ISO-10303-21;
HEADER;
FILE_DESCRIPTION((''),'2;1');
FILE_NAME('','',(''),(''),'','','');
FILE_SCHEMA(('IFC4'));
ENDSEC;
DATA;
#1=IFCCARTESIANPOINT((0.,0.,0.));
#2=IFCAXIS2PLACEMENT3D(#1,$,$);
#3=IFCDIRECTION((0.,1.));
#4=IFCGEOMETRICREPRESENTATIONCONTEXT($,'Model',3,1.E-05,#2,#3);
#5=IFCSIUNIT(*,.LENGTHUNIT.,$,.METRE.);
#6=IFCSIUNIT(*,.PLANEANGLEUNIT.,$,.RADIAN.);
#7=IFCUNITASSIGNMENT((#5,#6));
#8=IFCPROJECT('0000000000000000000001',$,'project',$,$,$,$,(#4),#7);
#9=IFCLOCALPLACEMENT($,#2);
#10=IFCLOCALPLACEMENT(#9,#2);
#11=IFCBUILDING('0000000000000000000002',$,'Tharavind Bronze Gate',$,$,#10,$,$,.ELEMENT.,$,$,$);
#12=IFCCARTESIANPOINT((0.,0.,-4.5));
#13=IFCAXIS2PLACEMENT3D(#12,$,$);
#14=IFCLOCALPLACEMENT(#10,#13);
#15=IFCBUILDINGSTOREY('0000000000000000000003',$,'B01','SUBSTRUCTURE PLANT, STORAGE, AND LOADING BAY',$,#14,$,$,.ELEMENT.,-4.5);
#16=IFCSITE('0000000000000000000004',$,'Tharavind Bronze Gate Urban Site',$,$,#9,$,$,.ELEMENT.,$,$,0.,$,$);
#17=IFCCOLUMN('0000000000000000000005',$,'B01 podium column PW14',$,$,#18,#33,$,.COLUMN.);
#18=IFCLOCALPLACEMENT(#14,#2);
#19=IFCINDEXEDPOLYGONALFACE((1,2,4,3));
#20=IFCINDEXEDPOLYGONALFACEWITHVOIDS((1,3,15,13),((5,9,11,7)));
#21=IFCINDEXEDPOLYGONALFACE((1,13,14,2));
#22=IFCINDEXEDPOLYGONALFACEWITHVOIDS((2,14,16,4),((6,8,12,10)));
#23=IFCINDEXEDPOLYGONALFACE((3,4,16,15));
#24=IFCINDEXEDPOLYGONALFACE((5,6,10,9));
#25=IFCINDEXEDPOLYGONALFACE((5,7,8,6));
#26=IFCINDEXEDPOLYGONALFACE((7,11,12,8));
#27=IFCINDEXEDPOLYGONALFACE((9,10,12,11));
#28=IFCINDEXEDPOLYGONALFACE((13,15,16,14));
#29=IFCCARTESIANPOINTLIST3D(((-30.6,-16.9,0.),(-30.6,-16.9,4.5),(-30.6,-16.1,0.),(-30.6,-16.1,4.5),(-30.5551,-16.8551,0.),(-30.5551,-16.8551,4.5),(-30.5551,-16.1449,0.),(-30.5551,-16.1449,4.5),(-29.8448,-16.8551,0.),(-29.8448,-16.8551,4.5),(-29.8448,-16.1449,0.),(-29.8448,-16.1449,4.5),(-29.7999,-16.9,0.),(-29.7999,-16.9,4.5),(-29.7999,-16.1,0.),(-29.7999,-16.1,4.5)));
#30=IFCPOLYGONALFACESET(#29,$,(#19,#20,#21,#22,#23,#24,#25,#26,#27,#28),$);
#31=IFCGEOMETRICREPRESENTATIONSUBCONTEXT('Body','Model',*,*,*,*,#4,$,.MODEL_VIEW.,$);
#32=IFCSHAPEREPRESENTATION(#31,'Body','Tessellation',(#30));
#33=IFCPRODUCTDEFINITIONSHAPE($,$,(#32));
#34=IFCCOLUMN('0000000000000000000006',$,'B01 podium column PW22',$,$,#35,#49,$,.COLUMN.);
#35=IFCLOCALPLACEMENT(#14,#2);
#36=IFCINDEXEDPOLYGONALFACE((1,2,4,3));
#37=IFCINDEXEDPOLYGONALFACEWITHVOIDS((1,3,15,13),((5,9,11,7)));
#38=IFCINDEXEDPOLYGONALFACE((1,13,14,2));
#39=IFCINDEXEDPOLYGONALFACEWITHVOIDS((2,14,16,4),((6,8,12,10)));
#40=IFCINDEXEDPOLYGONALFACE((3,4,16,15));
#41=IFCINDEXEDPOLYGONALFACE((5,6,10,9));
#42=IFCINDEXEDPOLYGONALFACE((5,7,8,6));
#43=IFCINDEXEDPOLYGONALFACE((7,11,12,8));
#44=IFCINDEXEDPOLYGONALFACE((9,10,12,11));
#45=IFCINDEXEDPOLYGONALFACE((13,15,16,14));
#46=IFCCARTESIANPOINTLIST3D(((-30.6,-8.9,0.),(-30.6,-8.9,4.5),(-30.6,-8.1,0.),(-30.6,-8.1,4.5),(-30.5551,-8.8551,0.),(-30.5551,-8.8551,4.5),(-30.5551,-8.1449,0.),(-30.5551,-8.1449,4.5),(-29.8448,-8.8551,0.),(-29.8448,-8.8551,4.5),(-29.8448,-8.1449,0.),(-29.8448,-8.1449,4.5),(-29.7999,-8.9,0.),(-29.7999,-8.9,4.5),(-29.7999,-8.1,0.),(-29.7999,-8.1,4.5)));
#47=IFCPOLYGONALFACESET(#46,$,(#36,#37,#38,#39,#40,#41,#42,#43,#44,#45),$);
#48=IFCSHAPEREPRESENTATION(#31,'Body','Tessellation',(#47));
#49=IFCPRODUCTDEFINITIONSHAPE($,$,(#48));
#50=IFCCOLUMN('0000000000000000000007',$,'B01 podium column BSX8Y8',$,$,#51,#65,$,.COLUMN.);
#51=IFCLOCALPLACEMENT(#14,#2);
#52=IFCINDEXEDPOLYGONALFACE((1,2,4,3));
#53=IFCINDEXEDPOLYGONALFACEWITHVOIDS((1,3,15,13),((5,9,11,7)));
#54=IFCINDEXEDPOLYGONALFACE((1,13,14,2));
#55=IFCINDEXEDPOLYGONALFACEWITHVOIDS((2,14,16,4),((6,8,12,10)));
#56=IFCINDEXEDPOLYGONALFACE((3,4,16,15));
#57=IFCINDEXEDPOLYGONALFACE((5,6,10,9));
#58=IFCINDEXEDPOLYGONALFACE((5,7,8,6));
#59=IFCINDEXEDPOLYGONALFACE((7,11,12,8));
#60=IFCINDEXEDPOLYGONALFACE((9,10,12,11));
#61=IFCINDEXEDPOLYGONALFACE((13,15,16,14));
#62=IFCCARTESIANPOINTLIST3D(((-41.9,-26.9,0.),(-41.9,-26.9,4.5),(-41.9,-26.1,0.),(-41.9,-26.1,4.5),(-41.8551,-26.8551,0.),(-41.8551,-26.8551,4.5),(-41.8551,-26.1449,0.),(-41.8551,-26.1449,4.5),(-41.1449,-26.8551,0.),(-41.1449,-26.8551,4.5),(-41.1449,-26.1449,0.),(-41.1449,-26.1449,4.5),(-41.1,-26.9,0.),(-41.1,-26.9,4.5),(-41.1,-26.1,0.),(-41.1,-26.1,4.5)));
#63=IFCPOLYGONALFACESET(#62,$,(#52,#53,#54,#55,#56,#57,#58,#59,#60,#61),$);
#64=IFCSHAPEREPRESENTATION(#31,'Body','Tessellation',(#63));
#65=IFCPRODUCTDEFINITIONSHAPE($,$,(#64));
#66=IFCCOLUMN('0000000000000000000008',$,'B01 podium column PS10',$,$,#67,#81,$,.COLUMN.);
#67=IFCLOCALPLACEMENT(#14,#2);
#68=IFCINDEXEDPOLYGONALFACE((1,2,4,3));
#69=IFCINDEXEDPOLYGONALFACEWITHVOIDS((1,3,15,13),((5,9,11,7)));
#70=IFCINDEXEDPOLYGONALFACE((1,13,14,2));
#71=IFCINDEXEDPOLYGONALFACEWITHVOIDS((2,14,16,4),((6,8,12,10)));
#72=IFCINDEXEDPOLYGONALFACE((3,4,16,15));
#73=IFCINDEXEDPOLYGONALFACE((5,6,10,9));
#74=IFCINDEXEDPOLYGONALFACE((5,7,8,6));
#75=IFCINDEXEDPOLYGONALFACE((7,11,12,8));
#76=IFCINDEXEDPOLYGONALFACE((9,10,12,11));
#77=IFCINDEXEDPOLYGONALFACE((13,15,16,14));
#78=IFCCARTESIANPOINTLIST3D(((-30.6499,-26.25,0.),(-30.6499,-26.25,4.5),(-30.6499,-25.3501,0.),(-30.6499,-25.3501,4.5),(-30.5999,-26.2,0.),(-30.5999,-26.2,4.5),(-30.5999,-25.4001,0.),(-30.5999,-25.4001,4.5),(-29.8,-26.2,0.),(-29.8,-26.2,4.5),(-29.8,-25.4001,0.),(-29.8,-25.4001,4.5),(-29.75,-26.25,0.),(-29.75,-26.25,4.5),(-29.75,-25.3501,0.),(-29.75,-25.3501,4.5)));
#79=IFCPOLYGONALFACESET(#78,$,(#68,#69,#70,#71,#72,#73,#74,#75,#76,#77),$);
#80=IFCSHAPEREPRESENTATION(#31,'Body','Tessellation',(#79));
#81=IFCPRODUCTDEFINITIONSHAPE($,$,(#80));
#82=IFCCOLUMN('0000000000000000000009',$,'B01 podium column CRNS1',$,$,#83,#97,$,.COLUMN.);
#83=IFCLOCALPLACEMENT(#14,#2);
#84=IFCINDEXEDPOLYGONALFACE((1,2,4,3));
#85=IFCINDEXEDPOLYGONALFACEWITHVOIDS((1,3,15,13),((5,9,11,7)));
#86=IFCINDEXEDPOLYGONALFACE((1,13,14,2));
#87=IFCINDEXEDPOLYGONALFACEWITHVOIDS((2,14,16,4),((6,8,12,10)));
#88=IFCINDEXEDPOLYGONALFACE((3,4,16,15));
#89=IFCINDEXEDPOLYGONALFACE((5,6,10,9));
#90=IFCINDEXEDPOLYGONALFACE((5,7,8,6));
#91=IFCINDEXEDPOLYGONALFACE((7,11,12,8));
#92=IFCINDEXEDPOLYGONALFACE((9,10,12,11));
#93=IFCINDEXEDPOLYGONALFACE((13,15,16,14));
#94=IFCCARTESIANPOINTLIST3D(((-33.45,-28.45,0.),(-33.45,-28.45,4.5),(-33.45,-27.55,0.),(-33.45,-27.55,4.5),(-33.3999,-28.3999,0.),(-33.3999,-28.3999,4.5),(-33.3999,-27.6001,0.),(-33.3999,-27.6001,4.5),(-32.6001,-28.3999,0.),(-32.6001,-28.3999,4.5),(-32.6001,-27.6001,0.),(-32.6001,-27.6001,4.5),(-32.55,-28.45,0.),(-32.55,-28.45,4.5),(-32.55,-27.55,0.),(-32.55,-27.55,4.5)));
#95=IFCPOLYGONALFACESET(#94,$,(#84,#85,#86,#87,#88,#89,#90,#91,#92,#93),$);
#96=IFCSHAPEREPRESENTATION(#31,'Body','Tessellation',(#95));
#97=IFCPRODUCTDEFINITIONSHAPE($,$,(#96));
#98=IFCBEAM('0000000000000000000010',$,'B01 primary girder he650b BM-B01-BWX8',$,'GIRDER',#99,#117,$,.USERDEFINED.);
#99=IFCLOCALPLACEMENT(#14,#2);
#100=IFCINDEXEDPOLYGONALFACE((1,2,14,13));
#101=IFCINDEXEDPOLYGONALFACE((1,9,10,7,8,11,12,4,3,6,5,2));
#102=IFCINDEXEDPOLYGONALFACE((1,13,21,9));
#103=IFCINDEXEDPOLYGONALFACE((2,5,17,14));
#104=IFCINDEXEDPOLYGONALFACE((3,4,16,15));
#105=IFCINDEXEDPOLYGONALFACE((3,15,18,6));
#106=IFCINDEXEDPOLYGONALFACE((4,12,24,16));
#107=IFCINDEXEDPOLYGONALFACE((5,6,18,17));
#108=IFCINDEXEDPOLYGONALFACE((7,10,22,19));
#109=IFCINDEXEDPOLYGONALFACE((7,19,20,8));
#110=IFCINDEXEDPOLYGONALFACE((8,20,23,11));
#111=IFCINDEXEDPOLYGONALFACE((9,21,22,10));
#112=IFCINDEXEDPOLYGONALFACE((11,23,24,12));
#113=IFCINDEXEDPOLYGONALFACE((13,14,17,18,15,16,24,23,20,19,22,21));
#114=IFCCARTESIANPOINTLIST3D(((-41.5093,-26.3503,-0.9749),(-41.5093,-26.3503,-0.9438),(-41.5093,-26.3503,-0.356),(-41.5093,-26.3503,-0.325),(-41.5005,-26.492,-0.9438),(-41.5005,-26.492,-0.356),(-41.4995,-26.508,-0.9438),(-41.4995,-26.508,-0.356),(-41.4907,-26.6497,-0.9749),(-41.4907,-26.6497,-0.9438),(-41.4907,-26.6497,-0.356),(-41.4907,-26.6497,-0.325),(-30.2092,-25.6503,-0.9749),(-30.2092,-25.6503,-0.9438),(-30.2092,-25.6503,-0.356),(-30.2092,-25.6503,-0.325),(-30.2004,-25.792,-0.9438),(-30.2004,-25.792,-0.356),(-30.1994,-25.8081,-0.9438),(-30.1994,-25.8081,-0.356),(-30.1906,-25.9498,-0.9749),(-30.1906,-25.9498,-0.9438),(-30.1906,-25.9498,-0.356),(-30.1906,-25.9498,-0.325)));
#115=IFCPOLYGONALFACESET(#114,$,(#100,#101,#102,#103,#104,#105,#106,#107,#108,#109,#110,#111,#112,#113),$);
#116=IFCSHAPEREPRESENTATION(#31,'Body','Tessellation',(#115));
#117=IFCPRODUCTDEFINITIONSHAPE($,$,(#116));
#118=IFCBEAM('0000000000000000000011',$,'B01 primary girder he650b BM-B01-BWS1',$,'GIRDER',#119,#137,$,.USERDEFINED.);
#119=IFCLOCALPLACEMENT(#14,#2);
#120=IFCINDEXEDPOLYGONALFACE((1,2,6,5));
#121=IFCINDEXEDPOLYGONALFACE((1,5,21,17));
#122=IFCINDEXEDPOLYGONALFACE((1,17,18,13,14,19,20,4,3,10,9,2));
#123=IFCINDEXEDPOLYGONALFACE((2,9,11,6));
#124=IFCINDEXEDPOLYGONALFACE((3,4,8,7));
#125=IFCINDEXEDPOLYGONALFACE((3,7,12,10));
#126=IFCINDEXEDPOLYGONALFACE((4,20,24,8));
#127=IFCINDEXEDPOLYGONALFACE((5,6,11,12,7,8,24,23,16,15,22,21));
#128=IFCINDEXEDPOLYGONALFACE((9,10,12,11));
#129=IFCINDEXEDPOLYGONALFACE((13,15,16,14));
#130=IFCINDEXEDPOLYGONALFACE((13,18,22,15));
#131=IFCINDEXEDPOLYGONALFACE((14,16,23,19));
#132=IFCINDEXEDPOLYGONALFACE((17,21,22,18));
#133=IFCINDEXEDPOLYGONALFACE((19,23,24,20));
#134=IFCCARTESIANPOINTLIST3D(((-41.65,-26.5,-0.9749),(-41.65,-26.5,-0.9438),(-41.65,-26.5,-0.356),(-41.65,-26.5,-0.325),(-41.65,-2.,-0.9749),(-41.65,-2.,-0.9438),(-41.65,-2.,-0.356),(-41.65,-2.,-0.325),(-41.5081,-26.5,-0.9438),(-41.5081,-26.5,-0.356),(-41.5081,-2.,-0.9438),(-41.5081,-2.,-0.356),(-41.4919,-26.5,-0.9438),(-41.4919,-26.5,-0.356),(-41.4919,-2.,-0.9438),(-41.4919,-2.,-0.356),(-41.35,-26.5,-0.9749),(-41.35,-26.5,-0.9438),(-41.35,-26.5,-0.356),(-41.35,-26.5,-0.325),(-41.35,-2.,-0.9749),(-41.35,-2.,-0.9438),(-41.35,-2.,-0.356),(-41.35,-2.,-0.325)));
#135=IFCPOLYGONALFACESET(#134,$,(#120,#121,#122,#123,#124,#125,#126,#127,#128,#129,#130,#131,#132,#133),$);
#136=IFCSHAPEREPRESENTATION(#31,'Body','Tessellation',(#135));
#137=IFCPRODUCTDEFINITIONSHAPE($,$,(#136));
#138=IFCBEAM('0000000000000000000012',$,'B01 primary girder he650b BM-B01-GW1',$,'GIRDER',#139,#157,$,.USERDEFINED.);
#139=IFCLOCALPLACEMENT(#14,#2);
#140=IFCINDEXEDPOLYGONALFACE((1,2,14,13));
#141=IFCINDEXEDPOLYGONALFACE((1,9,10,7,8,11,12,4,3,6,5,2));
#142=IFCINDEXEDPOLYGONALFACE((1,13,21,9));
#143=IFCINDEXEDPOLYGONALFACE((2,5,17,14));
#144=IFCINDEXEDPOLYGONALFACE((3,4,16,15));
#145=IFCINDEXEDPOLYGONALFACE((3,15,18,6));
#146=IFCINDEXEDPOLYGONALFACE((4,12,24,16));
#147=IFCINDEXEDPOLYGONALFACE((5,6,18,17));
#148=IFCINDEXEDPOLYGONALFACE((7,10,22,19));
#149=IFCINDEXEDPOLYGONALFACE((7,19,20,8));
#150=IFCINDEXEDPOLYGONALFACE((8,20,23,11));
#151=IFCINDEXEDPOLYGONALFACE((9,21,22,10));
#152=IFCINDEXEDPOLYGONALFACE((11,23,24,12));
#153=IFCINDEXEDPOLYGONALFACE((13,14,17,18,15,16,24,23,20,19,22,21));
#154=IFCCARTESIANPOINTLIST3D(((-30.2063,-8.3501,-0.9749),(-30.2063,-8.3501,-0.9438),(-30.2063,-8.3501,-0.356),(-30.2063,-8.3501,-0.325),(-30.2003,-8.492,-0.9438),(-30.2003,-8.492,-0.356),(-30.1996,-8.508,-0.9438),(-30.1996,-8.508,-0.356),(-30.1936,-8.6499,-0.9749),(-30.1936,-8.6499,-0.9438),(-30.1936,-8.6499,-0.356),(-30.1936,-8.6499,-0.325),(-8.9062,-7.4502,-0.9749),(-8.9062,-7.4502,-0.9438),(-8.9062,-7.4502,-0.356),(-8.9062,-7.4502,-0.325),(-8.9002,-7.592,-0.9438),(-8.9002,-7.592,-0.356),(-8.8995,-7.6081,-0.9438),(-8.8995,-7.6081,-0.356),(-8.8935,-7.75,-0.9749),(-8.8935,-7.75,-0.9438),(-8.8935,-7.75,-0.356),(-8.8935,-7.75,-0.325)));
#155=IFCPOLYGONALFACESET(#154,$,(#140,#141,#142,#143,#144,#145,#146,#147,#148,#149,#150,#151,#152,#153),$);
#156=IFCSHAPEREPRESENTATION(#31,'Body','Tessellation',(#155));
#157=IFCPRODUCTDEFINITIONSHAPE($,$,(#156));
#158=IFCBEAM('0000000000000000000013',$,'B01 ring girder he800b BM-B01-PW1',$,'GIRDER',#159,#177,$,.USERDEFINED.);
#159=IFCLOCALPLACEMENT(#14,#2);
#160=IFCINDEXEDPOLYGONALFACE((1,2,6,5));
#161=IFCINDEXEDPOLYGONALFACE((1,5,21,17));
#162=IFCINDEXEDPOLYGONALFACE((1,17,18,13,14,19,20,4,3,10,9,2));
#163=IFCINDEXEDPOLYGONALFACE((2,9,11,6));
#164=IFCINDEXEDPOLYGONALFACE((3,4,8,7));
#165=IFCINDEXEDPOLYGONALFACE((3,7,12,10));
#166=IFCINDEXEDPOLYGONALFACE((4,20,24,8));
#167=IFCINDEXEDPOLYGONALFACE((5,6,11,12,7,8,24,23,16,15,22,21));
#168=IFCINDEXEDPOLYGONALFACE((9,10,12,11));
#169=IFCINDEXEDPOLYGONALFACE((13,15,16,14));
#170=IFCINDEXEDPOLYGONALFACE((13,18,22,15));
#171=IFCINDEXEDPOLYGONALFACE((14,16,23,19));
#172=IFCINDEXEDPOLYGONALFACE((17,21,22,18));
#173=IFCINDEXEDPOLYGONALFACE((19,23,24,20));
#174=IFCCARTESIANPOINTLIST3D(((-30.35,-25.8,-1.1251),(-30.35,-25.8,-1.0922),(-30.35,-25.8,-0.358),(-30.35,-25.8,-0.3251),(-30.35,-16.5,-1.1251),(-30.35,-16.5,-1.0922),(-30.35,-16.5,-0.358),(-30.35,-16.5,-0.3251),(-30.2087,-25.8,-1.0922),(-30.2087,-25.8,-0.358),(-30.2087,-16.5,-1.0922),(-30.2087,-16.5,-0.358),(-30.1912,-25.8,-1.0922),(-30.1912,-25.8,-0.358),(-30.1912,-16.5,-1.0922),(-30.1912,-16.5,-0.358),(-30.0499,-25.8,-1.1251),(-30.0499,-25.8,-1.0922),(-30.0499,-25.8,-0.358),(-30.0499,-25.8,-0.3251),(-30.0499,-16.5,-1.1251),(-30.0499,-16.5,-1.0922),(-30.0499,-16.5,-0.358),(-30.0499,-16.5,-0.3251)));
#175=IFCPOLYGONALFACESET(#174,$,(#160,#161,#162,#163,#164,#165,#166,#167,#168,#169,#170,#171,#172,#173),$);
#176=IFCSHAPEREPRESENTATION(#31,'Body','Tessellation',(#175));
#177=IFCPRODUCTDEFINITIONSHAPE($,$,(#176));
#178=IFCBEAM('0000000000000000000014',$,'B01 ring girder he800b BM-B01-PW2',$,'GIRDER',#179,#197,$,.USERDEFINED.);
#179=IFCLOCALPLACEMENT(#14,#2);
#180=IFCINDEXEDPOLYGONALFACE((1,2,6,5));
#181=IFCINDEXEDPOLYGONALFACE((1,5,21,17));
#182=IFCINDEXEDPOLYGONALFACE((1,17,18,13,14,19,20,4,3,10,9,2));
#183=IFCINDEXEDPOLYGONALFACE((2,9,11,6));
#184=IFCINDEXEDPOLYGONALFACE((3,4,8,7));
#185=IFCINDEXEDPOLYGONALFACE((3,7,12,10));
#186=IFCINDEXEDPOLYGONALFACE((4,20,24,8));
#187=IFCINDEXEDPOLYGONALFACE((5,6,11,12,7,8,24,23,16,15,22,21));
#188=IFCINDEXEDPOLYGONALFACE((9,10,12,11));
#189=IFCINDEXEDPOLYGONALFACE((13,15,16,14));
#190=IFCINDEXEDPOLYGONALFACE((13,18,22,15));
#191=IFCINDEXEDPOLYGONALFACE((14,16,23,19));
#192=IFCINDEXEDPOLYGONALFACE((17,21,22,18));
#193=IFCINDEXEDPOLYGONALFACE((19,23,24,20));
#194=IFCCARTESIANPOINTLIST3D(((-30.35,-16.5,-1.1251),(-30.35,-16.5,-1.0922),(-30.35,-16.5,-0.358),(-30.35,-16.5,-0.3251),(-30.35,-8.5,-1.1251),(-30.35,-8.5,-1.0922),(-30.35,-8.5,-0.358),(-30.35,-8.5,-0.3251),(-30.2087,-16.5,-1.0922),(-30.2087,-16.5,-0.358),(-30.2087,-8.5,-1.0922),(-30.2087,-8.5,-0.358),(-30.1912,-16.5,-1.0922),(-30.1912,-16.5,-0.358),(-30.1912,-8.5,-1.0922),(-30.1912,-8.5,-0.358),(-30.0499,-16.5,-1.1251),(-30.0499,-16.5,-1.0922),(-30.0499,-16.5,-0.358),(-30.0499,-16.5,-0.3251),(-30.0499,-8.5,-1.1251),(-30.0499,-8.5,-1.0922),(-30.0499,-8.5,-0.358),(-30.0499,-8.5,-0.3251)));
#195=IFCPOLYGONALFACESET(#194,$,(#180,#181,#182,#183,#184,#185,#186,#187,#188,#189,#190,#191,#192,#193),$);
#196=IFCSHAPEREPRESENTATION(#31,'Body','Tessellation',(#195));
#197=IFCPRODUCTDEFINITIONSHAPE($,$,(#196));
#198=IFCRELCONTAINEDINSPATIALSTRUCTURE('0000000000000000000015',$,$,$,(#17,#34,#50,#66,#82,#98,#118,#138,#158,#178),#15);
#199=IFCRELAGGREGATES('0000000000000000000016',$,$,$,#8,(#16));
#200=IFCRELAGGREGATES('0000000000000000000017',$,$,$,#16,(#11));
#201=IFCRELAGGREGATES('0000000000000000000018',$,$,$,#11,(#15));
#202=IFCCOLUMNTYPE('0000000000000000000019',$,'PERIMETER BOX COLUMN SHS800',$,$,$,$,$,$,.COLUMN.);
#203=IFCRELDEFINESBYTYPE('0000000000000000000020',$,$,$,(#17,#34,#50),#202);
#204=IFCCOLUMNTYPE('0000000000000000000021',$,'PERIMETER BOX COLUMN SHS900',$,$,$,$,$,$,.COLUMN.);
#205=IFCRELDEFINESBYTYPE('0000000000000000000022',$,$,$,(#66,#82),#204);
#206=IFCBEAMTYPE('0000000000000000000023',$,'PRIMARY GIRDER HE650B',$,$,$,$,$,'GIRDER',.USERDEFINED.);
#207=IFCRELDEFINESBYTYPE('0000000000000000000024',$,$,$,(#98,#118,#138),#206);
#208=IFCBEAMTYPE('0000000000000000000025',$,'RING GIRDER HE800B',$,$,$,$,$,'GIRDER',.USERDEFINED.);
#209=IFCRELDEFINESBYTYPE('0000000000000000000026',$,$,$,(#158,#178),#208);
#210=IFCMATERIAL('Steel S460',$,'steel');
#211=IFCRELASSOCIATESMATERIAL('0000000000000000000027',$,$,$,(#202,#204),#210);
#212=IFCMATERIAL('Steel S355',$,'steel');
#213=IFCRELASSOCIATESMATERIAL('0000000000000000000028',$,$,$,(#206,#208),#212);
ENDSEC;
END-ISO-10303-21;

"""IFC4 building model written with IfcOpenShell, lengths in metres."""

from ifc_helpers import new_model, si_unit, direction, frame, origin, origin_2d, place, context, subcontext, project, spatial, hollow_rectangle, i_section, extrude, material, material_profile, profile_set, type_object, element, save


model = new_model("IFC4")

# Units and contexts
model_context = context("Model", 3, precision=1e-05, world=origin(), true_north=direction((0.0, 1.0)))
body_context = subcontext(model_context, "Body", "Model", "MODEL_VIEW")
ifc_project = project(units=[si_unit("LENGTHUNIT", "METRE"), si_unit("PLANEANGLEUNIT", "RADIAN")], contexts=[model_context])

# Site, building, storey
site_placement = place(None, origin())
site = spatial("IfcSite", under=ifc_project, at=site_placement, Name="Tharavind Bronze Gate Urban Site", CompositionType="ELEMENT", RefElevation=0.0)
building_placement = place(site_placement, origin())
building = spatial("IfcBuilding", under=site, at=building_placement, Name="Tharavind Bronze Gate", CompositionType="ELEMENT")
storey_placement = place(building_placement, frame((0.0, 0.0, -4.5)))
storey = spatial("IfcBuildingStorey", under=building, at=storey_placement, Name="B01", Description="SUBSTRUCTURE PLANT, STORAGE, AND LOADING BAY", CompositionType="ELEMENT", Elevation=-4.5)

# Columns
ifc_material_1 = material(Name="Steel S460", Category="steel")
ifc_material_profile_1 = material_profile(ifc_material_1, hollow_rectangle(XDim=0.8, YDim=0.8, WallThickness=0.0449, at=origin_2d()), Name="SHS800X45")
ifc_profile_set_1 = profile_set([ifc_material_profile_1], Name="Steel S460")
column_type_1 = type_object("IfcColumnType", Name="PERIMETER BOX COLUMN SHS800", PredefinedType="COLUMN", material=ifc_profile_set_1)
for number, where, z_axis, x_axis, name in (
    (1, (-30.2, -16.5, 0.0), (0.0, 0.0, 1.0), (1.0, 0.0, 0.0), "B01 podium column PW14"),
    (2, (-30.2, -8.5, 0.0), (0.0, 0.0, 1.0), (1.0, 0.0, 0.0), "B01 podium column PW22"),
    (3, (-41.5, -26.5, 0.0), (0.0, 0.0, 1.0), (1.0, 0.0, 0.0), "B01 podium column BSX8Y8"),
):
    element("IfcColumn", number, at=place(storey_placement, frame(where, z_axis=z_axis, x_axis=x_axis)), inside=storey, type_object=column_type_1, Name=name, PredefinedType="COLUMN", context=body_context, shape_type="SweptSolid", body=[
        extrude(hollow_rectangle(XDim=0.8, YDim=0.8, WallThickness=0.0449, at=origin_2d()), origin(), (0.0, 0.0, 1.0), 4.5),
    ])
ifc_material_profile_2 = material_profile(ifc_material_1, hollow_rectangle(XDim=0.8999, YDim=0.8999, WallThickness=0.05, at=origin_2d()), Name="SHS900X50")
ifc_profile_set_2 = profile_set([ifc_material_profile_2], Name="Steel S460")
column_type_2 = type_object("IfcColumnType", Name="PERIMETER BOX COLUMN SHS900", PredefinedType="COLUMN", material=ifc_profile_set_2)
for number, where, z_axis, x_axis, name in (
    (4, (-30.2, -25.8, 0.0), (0.0, 0.0, 1.0), (1.0, 0.0, 0.0), "B01 podium column PS10"),
    (5, (-33.0, -28.0, 0.0), (0.0, 0.0, 1.0), (1.0, 0.0, 0.0), "B01 podium column CRNS1"),
):
    element("IfcColumn", number, at=place(storey_placement, frame(where, z_axis=z_axis, x_axis=x_axis)), inside=storey, type_object=column_type_2, Name=name, PredefinedType="COLUMN", context=body_context, shape_type="SweptSolid", body=[
        extrude(hollow_rectangle(XDim=0.8999, YDim=0.8999, WallThickness=0.05, at=origin_2d()), origin(), (0.0, 0.0, 1.0), 4.5),
    ])

# Beams
ifc_material_2 = material(Name="Steel S355", Category="steel")
ifc_material_profile_3 = material_profile(ifc_material_2, i_section(OverallWidth=0.3, OverallDepth=0.6499, WebThickness=0.0161, FlangeThickness=0.031, at=origin_2d()), Name="HE650B")
ifc_profile_set_3 = profile_set([ifc_material_profile_3], Name="Steel S355")
beam_type_1 = type_object("IfcBeamType", Name="PRIMARY GIRDER HE650B", ElementType="GIRDER", PredefinedType="USERDEFINED", material=ifc_profile_set_3)
beam_1_placement = place(storey_placement, frame((-41.5, -26.5, -0.6499), z_axis=(0.998087, 0.061824, 0.0), x_axis=(-0.061824, 0.998087, 0.0)))
element("IfcBeam", 6, at=beam_1_placement, inside=storey, type_object=beam_type_1, Name="B01 primary girder he650b BM-B01-BWX8", ObjectType="GIRDER", PredefinedType="USERDEFINED", context=body_context, shape_type="SweptSolid", body=[
    extrude(i_section(OverallWidth=0.3, OverallDepth=0.6499, WebThickness=0.0161, FlangeThickness=0.031, at=origin_2d()), origin(), (0.0, 0.0, 1.0), 11.3218),
])
beam_2_placement = place(storey_placement, frame((-41.5, -26.5, -0.6499), z_axis=(0.0, 1.0, 0.0), x_axis=(-1.0, 0.0, 0.0)))
element("IfcBeam", 7, at=beam_2_placement, inside=storey, type_object=beam_type_1, Name="B01 primary girder he650b BM-B01-BWS1", ObjectType="GIRDER", PredefinedType="USERDEFINED", context=body_context, shape_type="SweptSolid", body=[
    extrude(i_section(OverallWidth=0.3, OverallDepth=0.6499, WebThickness=0.0161, FlangeThickness=0.031, at=origin_2d()), origin(), (0.0, 0.0, 1.0), 24.5),
])
beam_3_placement = place(storey_placement, frame((-30.2, -8.5, -0.6499), z_axis=(0.999109, 0.042211, 0.0), x_axis=(-0.042211, 0.999109, 0.0)))
element("IfcBeam", 8, at=beam_3_placement, inside=storey, type_object=beam_type_1, Name="B01 primary girder he650b BM-B01-GW1", ObjectType="GIRDER", PredefinedType="USERDEFINED", context=body_context, shape_type="SweptSolid", body=[
    extrude(i_section(OverallWidth=0.3, OverallDepth=0.6499, WebThickness=0.0161, FlangeThickness=0.031, at=origin_2d()), origin(), (0.0, 0.0, 1.0), 21.3191),
])
ifc_material_profile_4 = material_profile(ifc_material_2, i_section(OverallWidth=0.3, OverallDepth=0.8, WebThickness=0.0176, FlangeThickness=0.033, at=origin_2d()), Name="HE800B")
ifc_profile_set_4 = profile_set([ifc_material_profile_4], Name="Steel S355")
beam_type_2 = type_object("IfcBeamType", Name="RING GIRDER HE800B", ElementType="GIRDER", PredefinedType="USERDEFINED", material=ifc_profile_set_4)
beam_4_placement = place(storey_placement, frame((-30.2, -25.8, -0.7251), z_axis=(0.0, 1.0, 0.0), x_axis=(-1.0, 0.0, 0.0)))
element("IfcBeam", 9, at=beam_4_placement, inside=storey, type_object=beam_type_2, Name="B01 ring girder he800b BM-B01-PW1", ObjectType="GIRDER", PredefinedType="USERDEFINED", context=body_context, shape_type="SweptSolid", body=[
    extrude(i_section(OverallWidth=0.3, OverallDepth=0.8, WebThickness=0.0176, FlangeThickness=0.033, at=origin_2d()), origin(), (0.0, 0.0, 1.0), 9.3),
])
beam_5_placement = place(storey_placement, frame((-30.2, -16.5, -0.7251), z_axis=(0.0, 1.0, 0.0), x_axis=(-1.0, 0.0, 0.0)))
element("IfcBeam", 10, at=beam_5_placement, inside=storey, type_object=beam_type_2, Name="B01 ring girder he800b BM-B01-PW2", ObjectType="GIRDER", PredefinedType="USERDEFINED", context=body_context, shape_type="SweptSolid", body=[
    extrude(i_section(OverallWidth=0.3, OverallDepth=0.8, WebThickness=0.0176, FlangeThickness=0.033, at=origin_2d()), origin(), (0.0, 0.0, 1.0), 8.0),
])

save(model, "model.ifc")
